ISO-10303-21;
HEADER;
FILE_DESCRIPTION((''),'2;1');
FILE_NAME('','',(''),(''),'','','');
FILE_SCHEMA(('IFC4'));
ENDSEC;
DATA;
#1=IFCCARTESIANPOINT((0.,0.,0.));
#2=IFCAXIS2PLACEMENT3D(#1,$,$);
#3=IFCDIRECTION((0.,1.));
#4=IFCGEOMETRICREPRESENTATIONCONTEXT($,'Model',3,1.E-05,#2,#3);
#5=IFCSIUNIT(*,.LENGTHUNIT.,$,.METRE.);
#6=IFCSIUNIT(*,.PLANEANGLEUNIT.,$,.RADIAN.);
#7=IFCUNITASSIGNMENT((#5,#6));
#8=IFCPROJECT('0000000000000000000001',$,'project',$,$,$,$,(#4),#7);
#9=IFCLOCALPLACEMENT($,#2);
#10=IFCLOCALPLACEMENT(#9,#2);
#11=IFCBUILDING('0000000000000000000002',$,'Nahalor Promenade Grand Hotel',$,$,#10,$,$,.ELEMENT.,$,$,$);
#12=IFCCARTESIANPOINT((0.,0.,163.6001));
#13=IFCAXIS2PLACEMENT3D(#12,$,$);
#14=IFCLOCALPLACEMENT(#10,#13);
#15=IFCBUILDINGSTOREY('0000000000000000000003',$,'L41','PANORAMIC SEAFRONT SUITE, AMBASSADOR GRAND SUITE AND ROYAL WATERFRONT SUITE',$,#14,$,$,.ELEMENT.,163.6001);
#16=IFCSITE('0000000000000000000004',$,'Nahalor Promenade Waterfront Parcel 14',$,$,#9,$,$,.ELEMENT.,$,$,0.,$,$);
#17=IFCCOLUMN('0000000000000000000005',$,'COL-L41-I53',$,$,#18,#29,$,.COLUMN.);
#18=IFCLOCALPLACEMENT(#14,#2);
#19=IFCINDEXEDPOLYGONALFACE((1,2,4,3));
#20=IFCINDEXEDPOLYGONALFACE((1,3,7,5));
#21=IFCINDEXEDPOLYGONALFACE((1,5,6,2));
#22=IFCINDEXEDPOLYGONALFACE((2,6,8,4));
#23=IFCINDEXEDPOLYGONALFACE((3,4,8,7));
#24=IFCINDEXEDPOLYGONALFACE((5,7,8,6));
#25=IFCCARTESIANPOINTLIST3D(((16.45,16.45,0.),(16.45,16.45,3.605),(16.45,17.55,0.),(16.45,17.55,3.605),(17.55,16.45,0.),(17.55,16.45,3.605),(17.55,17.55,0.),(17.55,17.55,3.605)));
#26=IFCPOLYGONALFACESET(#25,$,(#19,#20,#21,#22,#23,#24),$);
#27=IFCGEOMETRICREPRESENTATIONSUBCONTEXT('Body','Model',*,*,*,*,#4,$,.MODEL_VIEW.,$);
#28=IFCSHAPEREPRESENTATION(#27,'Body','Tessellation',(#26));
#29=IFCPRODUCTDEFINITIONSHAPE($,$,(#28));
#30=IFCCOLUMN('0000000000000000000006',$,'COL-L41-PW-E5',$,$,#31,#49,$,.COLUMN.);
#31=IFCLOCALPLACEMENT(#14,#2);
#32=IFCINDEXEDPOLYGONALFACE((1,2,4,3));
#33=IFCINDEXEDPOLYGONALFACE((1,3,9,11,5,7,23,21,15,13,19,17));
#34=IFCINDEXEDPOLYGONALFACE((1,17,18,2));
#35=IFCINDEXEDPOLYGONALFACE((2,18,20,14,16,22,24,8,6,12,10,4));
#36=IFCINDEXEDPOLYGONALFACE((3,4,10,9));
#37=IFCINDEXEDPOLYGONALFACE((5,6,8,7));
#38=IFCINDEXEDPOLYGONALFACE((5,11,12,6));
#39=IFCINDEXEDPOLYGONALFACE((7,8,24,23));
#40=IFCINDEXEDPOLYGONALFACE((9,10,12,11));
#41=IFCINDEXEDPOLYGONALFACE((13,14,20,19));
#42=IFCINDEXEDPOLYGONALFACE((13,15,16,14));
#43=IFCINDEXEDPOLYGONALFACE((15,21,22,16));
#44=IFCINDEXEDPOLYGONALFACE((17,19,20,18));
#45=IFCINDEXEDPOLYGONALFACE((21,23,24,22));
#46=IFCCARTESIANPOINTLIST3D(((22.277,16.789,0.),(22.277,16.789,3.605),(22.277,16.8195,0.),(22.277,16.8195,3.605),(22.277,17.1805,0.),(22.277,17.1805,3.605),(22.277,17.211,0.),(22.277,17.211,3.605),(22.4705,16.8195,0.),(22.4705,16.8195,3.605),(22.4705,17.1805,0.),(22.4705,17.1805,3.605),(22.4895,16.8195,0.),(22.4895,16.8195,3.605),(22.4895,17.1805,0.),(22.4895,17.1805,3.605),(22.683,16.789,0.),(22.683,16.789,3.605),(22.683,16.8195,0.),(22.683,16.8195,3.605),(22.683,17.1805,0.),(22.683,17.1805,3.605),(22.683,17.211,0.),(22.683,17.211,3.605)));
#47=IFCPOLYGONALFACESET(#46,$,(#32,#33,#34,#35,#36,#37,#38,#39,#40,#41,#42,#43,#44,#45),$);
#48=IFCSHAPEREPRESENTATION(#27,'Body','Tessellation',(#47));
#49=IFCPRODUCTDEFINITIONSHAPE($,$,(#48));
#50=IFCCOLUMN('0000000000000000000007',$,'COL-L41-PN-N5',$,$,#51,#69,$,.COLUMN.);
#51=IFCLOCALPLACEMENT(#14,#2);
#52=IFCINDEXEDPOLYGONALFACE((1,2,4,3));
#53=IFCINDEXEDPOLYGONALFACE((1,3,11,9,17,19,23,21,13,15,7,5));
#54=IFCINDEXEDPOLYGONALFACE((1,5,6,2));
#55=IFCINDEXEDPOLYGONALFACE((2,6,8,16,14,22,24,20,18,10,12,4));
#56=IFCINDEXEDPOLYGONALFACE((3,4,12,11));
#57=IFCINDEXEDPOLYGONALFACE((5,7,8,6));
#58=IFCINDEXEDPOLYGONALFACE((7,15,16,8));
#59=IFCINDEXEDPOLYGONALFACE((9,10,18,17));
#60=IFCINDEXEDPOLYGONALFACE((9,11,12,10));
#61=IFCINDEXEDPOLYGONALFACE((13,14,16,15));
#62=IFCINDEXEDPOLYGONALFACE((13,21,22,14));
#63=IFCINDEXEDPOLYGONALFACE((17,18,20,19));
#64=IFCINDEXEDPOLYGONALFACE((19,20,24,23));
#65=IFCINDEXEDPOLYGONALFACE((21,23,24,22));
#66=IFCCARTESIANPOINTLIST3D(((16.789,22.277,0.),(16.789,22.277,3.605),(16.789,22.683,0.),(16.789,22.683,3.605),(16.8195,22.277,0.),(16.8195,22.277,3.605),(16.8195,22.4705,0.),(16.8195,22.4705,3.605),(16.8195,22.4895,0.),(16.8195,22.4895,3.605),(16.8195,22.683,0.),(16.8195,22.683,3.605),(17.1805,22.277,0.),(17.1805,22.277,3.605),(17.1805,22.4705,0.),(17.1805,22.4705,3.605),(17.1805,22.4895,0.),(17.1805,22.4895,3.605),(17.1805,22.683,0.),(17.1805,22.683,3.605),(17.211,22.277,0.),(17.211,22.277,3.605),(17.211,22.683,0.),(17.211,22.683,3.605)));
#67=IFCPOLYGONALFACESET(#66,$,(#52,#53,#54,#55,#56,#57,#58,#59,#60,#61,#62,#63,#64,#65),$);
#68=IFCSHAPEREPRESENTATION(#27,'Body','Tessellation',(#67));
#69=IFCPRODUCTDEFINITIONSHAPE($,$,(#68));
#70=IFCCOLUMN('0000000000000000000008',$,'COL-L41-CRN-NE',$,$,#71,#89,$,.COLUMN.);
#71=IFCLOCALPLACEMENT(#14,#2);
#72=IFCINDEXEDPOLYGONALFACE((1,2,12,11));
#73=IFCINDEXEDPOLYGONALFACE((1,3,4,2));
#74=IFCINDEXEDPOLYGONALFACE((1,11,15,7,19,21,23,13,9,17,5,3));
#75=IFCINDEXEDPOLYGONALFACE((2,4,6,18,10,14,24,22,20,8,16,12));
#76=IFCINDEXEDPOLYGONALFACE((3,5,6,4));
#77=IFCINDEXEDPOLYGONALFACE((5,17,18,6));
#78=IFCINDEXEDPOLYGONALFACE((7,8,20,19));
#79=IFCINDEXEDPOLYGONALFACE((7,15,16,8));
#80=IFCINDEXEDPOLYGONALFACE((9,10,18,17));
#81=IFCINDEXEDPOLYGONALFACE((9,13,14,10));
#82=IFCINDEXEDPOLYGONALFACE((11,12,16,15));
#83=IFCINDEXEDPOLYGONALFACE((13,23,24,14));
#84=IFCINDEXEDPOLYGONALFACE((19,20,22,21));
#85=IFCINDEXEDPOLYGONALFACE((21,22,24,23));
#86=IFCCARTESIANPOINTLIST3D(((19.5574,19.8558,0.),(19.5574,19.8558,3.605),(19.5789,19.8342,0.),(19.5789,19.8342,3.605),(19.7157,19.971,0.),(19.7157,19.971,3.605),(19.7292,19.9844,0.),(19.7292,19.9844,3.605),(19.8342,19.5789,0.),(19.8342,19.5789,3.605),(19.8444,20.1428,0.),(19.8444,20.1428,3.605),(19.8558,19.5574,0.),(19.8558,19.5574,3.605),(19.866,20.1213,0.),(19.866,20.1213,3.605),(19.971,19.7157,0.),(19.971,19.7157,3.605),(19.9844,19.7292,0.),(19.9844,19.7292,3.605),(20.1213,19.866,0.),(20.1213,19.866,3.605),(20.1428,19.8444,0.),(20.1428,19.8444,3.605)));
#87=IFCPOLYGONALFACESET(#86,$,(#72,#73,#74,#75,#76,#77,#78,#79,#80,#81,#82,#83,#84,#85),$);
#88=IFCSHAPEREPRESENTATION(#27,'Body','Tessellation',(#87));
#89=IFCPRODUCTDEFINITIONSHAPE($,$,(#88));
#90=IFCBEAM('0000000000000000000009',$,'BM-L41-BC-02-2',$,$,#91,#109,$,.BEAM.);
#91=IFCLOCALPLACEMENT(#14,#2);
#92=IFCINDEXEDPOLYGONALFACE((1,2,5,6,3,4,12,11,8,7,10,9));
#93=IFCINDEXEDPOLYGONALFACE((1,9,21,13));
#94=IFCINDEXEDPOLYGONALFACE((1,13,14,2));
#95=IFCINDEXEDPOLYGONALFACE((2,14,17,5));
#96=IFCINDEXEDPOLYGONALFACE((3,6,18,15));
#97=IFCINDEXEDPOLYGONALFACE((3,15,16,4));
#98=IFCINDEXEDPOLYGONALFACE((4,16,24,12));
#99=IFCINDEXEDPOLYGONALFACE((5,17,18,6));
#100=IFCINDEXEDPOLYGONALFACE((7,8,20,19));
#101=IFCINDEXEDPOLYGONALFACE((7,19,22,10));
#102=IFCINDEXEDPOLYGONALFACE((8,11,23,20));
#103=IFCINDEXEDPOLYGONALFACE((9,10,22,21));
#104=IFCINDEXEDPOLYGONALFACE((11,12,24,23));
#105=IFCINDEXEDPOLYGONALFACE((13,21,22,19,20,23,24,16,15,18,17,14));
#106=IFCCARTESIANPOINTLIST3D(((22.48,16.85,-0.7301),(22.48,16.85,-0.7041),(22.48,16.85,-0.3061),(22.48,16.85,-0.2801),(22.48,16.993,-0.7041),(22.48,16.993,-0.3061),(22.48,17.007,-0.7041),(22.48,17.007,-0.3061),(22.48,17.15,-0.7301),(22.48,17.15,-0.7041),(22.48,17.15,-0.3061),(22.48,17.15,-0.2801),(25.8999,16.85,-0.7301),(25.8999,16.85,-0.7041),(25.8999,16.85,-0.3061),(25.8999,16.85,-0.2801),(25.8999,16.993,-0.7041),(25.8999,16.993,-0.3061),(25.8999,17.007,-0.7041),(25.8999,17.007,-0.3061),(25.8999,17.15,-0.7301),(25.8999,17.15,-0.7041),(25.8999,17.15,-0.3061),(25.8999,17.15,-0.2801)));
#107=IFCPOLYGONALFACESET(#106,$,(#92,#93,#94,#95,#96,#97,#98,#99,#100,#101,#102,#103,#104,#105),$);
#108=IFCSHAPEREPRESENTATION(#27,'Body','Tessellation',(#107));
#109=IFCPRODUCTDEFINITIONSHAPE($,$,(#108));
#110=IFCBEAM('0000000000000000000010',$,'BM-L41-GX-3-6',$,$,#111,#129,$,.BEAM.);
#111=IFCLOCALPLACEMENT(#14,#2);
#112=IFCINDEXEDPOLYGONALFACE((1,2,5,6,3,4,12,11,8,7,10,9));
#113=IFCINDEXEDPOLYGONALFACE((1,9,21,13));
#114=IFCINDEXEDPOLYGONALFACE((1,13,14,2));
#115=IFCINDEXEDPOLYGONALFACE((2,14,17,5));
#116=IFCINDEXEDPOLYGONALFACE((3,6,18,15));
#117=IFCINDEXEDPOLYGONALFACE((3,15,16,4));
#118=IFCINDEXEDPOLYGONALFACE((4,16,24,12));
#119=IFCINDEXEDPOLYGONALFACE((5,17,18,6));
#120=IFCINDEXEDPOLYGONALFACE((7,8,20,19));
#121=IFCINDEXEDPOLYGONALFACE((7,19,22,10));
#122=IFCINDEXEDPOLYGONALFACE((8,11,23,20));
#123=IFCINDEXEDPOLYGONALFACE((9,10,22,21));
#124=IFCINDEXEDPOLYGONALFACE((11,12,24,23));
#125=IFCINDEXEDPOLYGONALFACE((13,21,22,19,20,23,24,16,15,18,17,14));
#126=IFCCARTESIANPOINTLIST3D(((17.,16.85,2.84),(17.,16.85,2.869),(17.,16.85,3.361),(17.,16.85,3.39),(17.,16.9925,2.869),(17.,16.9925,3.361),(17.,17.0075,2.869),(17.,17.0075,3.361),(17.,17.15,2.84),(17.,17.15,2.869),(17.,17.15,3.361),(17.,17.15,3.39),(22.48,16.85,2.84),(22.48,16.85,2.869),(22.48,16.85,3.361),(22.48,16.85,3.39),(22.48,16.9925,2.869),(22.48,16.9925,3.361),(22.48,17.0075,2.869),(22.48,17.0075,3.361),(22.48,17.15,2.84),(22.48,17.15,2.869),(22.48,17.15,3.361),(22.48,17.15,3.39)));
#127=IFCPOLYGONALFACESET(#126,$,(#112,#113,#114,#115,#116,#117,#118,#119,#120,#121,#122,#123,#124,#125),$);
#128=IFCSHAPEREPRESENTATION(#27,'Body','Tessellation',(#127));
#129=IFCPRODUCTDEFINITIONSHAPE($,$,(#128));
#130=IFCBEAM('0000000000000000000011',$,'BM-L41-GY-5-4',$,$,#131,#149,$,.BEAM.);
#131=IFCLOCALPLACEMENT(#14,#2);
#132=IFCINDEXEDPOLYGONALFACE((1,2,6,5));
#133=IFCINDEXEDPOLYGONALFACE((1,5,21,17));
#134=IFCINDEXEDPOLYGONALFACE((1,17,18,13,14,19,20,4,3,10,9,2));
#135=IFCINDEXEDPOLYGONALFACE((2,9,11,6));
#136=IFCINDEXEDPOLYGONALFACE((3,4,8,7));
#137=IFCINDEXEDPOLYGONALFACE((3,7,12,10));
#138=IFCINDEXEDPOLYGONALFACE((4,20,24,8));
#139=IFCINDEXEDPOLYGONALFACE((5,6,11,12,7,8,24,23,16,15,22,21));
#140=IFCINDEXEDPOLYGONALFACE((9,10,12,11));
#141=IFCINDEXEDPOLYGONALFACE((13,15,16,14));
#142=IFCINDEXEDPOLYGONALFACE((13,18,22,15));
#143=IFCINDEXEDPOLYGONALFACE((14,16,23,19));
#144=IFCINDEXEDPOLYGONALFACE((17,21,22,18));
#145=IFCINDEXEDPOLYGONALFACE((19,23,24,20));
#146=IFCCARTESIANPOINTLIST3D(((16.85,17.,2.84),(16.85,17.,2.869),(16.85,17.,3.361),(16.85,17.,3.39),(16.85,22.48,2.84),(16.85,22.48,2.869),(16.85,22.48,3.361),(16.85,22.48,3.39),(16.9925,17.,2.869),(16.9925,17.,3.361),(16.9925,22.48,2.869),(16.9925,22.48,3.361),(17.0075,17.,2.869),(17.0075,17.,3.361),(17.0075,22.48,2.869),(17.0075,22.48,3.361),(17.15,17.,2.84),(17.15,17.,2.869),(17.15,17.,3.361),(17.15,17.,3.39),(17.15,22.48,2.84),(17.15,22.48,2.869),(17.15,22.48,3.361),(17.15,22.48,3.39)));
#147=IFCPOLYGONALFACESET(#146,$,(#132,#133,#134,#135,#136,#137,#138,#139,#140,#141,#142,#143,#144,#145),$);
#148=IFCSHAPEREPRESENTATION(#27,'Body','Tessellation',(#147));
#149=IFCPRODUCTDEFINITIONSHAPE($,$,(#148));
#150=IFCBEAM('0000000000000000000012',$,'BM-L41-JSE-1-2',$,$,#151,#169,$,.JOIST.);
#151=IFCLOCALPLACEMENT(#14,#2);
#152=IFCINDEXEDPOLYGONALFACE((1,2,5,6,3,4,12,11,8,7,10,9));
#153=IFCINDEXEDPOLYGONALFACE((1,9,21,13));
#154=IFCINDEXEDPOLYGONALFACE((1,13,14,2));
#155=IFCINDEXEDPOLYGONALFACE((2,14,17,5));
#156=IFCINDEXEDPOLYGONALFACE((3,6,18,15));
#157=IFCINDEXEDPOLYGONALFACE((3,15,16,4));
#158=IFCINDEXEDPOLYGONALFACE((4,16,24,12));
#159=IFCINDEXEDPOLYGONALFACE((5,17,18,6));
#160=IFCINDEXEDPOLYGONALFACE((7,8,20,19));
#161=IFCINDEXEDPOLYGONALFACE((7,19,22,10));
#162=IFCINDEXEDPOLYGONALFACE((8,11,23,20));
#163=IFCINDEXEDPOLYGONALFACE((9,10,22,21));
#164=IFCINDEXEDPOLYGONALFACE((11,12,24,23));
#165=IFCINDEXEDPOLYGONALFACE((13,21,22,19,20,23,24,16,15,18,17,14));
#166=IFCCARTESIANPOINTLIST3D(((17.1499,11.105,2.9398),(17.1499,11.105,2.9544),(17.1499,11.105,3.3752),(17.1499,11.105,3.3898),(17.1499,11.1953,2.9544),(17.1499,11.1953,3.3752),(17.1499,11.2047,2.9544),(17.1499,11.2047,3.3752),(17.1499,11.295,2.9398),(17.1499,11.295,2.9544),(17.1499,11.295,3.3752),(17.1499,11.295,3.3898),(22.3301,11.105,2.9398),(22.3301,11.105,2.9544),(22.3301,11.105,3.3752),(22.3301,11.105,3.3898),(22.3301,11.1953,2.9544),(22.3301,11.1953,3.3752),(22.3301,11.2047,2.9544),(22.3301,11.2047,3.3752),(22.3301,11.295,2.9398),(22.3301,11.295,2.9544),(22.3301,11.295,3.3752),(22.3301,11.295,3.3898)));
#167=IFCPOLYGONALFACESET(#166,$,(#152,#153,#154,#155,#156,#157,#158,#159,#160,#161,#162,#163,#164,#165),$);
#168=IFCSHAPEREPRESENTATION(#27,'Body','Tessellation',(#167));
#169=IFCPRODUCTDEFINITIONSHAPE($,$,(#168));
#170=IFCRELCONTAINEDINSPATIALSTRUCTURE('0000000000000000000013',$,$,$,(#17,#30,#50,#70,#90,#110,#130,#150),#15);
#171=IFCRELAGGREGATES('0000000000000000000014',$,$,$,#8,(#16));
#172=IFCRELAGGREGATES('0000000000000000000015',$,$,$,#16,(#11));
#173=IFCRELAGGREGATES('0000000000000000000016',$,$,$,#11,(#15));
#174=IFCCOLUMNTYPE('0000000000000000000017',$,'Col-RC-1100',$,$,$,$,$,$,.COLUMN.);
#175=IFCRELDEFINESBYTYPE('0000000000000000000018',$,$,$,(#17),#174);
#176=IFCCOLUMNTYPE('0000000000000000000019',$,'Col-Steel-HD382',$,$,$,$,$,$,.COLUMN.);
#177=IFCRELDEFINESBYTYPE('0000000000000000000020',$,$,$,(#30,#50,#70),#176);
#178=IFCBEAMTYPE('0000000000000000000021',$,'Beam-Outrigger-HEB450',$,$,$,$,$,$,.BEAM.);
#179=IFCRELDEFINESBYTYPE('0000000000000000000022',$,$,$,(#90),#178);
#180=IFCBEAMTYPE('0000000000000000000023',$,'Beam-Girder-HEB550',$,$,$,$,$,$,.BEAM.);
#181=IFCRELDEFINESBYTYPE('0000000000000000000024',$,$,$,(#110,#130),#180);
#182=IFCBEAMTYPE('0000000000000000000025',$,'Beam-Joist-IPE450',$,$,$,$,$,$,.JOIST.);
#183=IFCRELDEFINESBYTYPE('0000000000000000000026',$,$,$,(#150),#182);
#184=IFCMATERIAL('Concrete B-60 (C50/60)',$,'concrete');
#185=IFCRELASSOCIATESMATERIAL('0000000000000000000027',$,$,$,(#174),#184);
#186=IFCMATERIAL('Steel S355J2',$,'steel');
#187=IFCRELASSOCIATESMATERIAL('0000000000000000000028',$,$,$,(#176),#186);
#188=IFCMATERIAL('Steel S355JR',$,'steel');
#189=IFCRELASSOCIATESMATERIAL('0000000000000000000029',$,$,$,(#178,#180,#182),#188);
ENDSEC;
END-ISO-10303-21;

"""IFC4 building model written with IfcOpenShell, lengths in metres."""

from ifc_helpers import new_model, si_unit, direction, frame, origin, origin_2d, place, context, subcontext, project, spatial, rectangle, i_section, extrude, source, transform, mapped, material, material_profile, profile_set, type_object, element, save


model = new_model("IFC4")

# Units and contexts
model_context = context("Model", 3, precision=1e-05, world=origin(), true_north=direction((0.0, 1.0)))
body_context = subcontext(model_context, "Body", "Model", "MODEL_VIEW")
ifc_project = project(units=[si_unit("LENGTHUNIT", "METRE"), si_unit("PLANEANGLEUNIT", "RADIAN")], contexts=[model_context])

# Site, building, storey
site_placement = place(None, origin())
site = spatial("IfcSite", under=ifc_project, at=site_placement, Name="Nahalor Promenade Waterfront Parcel 14", CompositionType="ELEMENT", RefElevation=0.0)
building_placement = place(site_placement, origin())
building = spatial("IfcBuilding", under=site, at=building_placement, Name="Nahalor Promenade Grand Hotel", CompositionType="ELEMENT")
storey_placement = place(building_placement, frame((0.0, 0.0, 163.6001)))
storey = spatial("IfcBuildingStorey", under=building, at=storey_placement, Name="L41", Description="PANORAMIC SEAFRONT SUITE, AMBASSADOR GRAND SUITE AND ROYAL WATERFRONT SUITE", CompositionType="ELEMENT", Elevation=163.6001)

# Columns
ifc_material_1 = material(Name="Concrete B-60 (C50/60)", Category="concrete")
ifc_material_profile_1 = material_profile(ifc_material_1, rectangle(XDim=1.1, YDim=1.1, at=origin_2d()), Name="RC 1100x1100")
ifc_profile_set_1 = profile_set([ifc_material_profile_1], Name="Concrete B-60 (C50/60)")
column_type_1 = type_object("IfcColumnType", Name="Col-RC-1100", PredefinedType="COLUMN", material=ifc_profile_set_1)
shared_shape_1 = source(origin(), body_context, "Body", "SweptSolid", [
    extrude(rectangle(XDim=1.1, YDim=1.1, at=origin_2d()), origin(), (0.0, 0.0, 1.0), 3.605),
])
column_placement = place(storey_placement, frame((17.0, 17.0, 0.0), z_axis=(0.0, 0.0, 1.0), x_axis=(1.0, 0.0, 0.0)))
element("IfcColumn", 1, at=column_placement, inside=storey, type_object=column_type_1, Name="COL-L41-I53", PredefinedType="COLUMN", context=body_context, shape_type="MappedRepresentation", body=[
    mapped(shared_shape_1, transform((0.0, 0.0, 0.0), scale=1.0)),
])
ifc_material_2 = material(Name="Steel S355J2", Category="steel")
ifc_material_profile_2 = material_profile(ifc_material_2, i_section(OverallWidth=0.406, OverallDepth=0.422, WebThickness=0.019, FlangeThickness=0.0305, at=origin_2d()), Name="HD 400x382")
ifc_profile_set_2 = profile_set([ifc_material_profile_2], Name="Steel S355J2")
column_type_2 = type_object("IfcColumnType", Name="Col-Steel-HD382", PredefinedType="COLUMN", material=ifc_profile_set_2)
shared_shape_2 = source(origin(), body_context, "Body", "SweptSolid", [
    extrude(i_section(OverallWidth=0.406, OverallDepth=0.422, WebThickness=0.019, FlangeThickness=0.0305, at=origin_2d()), origin(), (0.0, 0.0, 1.0), 3.605),
])
for number, where, z_axis, x_axis, name in (
    (2, (22.48, 17.0, 0.0), (0.0, 0.0, 1.0), (1.0, 0.0, 0.0), "COL-L41-PW-E5"),
    (3, (17.0, 22.48, 0.0), (0.0, 0.0, 1.0), (0.0, 1.0, 0.0), "COL-L41-PN-N5"),
    (4, (19.8501, 19.8501, 0.0), (0.0, 0.0, 1.0), (0.707107, 0.707107, 0.0), "COL-L41-CRN-NE"),
):
    element("IfcColumn", number, at=place(storey_placement, frame(where, z_axis=z_axis, x_axis=x_axis)), inside=storey, type_object=column_type_2, Name=name, PredefinedType="COLUMN", context=body_context, shape_type="MappedRepresentation", body=[
        mapped(shared_shape_2, transform((0.0, 0.0, 0.0), scale=1.0)),
    ])

# Beams
ifc_material_3 = material(Name="Steel S355JR", Category="steel")
ifc_material_profile_3 = material_profile(ifc_material_3, i_section(OverallWidth=0.3, OverallDepth=0.45, WebThickness=0.014, FlangeThickness=0.026, at=origin_2d()), Name="HEB 450")
ifc_profile_set_3 = profile_set([ifc_material_profile_3], Name="Steel S355JR")
beam_type_1 = type_object("IfcBeamType", Name="Beam-Outrigger-HEB450", PredefinedType="BEAM", material=ifc_profile_set_3)
shared_shape_3 = source(origin(), body_context, "Body", "SweptSolid", [
    extrude(i_section(OverallWidth=0.3, OverallDepth=0.45, WebThickness=0.014, FlangeThickness=0.026, at=origin_2d()), origin(), (0.0, 0.0, 1.0), 3.4199),
])
beam_1_placement = place(storey_placement, frame((22.48, 17.0, -0.5051), z_axis=(1.0, 0.0, 0.0), x_axis=(0.0, 1.0, 0.0)))
element("IfcBeam", 5, at=beam_1_placement, inside=storey, type_object=beam_type_1, Name="BM-L41-BC-02-2", PredefinedType="BEAM", context=body_context, shape_type="MappedRepresentation", body=[
    mapped(shared_shape_3, transform((0.0, 0.0, 0.0), scale=1.0)),
])
ifc_material_profile_4 = material_profile(ifc_material_3, i_section(OverallWidth=0.3, OverallDepth=0.55, WebThickness=0.015, FlangeThickness=0.029, at=origin_2d()), Name="HEB 550")
ifc_profile_set_4 = profile_set([ifc_material_profile_4], Name="Steel S355JR")
beam_type_2 = type_object("IfcBeamType", Name="Beam-Girder-HEB550", PredefinedType="BEAM", material=ifc_profile_set_4)
shared_shape_4 = source(origin(), body_context, "Body", "SweptSolid", [
    extrude(i_section(OverallWidth=0.3, OverallDepth=0.55, WebThickness=0.015, FlangeThickness=0.029, at=origin_2d()), origin(), (0.0, 0.0, 1.0), 5.48),
])
for number, where, z_axis, x_axis, name in (
    (6, (17.0, 17.0, 3.115), (1.0, 0.0, 0.0), (0.0, 1.0, 0.0), "BM-L41-GX-3-6"),
    (7, (17.0, 17.0, 3.115), (0.0, 1.0, 0.0), (-1.0, 0.0, 0.0), "BM-L41-GY-5-4"),
):
    element("IfcBeam", number, at=place(storey_placement, frame(where, z_axis=z_axis, x_axis=x_axis)), inside=storey, type_object=beam_type_2, Name=name, PredefinedType="BEAM", context=body_context, shape_type="MappedRepresentation", body=[
        mapped(shared_shape_4, transform((0.0, 0.0, 0.0), scale=1.0)),
    ])
ifc_material_profile_5 = material_profile(ifc_material_3, i_section(OverallWidth=0.19, OverallDepth=0.45, WebThickness=0.0094, FlangeThickness=0.0146, at=origin_2d()), Name="IPE 450")
ifc_profile_set_5 = profile_set([ifc_material_profile_5], Name="Steel S355JR")
beam_type_3 = type_object("IfcBeamType", Name="Beam-Joist-IPE450", PredefinedType="JOIST", material=ifc_profile_set_5)
shared_shape_5 = source(origin(), body_context, "Body", "SweptSolid", [
    extrude(i_section(OverallWidth=0.19, OverallDepth=0.45, WebThickness=0.0094, FlangeThickness=0.0146, at=origin_2d()), origin(), (0.0, 0.0, 1.0), 5.1802),
])
beam_2_placement = place(storey_placement, frame((17.1499, 11.2, 3.1648), z_axis=(1.0, 0.0, 0.0), x_axis=(0.0, 1.0, 0.0)))
element("IfcBeam", 8, at=beam_2_placement, inside=storey, type_object=beam_type_3, Name="BM-L41-JSE-1-2", PredefinedType="JOIST", context=body_context, shape_type="MappedRepresentation", body=[
    mapped(shared_shape_5, transform((0.0, 0.0, 0.0), scale=1.0)),
])

save(model, "model.ifc")
